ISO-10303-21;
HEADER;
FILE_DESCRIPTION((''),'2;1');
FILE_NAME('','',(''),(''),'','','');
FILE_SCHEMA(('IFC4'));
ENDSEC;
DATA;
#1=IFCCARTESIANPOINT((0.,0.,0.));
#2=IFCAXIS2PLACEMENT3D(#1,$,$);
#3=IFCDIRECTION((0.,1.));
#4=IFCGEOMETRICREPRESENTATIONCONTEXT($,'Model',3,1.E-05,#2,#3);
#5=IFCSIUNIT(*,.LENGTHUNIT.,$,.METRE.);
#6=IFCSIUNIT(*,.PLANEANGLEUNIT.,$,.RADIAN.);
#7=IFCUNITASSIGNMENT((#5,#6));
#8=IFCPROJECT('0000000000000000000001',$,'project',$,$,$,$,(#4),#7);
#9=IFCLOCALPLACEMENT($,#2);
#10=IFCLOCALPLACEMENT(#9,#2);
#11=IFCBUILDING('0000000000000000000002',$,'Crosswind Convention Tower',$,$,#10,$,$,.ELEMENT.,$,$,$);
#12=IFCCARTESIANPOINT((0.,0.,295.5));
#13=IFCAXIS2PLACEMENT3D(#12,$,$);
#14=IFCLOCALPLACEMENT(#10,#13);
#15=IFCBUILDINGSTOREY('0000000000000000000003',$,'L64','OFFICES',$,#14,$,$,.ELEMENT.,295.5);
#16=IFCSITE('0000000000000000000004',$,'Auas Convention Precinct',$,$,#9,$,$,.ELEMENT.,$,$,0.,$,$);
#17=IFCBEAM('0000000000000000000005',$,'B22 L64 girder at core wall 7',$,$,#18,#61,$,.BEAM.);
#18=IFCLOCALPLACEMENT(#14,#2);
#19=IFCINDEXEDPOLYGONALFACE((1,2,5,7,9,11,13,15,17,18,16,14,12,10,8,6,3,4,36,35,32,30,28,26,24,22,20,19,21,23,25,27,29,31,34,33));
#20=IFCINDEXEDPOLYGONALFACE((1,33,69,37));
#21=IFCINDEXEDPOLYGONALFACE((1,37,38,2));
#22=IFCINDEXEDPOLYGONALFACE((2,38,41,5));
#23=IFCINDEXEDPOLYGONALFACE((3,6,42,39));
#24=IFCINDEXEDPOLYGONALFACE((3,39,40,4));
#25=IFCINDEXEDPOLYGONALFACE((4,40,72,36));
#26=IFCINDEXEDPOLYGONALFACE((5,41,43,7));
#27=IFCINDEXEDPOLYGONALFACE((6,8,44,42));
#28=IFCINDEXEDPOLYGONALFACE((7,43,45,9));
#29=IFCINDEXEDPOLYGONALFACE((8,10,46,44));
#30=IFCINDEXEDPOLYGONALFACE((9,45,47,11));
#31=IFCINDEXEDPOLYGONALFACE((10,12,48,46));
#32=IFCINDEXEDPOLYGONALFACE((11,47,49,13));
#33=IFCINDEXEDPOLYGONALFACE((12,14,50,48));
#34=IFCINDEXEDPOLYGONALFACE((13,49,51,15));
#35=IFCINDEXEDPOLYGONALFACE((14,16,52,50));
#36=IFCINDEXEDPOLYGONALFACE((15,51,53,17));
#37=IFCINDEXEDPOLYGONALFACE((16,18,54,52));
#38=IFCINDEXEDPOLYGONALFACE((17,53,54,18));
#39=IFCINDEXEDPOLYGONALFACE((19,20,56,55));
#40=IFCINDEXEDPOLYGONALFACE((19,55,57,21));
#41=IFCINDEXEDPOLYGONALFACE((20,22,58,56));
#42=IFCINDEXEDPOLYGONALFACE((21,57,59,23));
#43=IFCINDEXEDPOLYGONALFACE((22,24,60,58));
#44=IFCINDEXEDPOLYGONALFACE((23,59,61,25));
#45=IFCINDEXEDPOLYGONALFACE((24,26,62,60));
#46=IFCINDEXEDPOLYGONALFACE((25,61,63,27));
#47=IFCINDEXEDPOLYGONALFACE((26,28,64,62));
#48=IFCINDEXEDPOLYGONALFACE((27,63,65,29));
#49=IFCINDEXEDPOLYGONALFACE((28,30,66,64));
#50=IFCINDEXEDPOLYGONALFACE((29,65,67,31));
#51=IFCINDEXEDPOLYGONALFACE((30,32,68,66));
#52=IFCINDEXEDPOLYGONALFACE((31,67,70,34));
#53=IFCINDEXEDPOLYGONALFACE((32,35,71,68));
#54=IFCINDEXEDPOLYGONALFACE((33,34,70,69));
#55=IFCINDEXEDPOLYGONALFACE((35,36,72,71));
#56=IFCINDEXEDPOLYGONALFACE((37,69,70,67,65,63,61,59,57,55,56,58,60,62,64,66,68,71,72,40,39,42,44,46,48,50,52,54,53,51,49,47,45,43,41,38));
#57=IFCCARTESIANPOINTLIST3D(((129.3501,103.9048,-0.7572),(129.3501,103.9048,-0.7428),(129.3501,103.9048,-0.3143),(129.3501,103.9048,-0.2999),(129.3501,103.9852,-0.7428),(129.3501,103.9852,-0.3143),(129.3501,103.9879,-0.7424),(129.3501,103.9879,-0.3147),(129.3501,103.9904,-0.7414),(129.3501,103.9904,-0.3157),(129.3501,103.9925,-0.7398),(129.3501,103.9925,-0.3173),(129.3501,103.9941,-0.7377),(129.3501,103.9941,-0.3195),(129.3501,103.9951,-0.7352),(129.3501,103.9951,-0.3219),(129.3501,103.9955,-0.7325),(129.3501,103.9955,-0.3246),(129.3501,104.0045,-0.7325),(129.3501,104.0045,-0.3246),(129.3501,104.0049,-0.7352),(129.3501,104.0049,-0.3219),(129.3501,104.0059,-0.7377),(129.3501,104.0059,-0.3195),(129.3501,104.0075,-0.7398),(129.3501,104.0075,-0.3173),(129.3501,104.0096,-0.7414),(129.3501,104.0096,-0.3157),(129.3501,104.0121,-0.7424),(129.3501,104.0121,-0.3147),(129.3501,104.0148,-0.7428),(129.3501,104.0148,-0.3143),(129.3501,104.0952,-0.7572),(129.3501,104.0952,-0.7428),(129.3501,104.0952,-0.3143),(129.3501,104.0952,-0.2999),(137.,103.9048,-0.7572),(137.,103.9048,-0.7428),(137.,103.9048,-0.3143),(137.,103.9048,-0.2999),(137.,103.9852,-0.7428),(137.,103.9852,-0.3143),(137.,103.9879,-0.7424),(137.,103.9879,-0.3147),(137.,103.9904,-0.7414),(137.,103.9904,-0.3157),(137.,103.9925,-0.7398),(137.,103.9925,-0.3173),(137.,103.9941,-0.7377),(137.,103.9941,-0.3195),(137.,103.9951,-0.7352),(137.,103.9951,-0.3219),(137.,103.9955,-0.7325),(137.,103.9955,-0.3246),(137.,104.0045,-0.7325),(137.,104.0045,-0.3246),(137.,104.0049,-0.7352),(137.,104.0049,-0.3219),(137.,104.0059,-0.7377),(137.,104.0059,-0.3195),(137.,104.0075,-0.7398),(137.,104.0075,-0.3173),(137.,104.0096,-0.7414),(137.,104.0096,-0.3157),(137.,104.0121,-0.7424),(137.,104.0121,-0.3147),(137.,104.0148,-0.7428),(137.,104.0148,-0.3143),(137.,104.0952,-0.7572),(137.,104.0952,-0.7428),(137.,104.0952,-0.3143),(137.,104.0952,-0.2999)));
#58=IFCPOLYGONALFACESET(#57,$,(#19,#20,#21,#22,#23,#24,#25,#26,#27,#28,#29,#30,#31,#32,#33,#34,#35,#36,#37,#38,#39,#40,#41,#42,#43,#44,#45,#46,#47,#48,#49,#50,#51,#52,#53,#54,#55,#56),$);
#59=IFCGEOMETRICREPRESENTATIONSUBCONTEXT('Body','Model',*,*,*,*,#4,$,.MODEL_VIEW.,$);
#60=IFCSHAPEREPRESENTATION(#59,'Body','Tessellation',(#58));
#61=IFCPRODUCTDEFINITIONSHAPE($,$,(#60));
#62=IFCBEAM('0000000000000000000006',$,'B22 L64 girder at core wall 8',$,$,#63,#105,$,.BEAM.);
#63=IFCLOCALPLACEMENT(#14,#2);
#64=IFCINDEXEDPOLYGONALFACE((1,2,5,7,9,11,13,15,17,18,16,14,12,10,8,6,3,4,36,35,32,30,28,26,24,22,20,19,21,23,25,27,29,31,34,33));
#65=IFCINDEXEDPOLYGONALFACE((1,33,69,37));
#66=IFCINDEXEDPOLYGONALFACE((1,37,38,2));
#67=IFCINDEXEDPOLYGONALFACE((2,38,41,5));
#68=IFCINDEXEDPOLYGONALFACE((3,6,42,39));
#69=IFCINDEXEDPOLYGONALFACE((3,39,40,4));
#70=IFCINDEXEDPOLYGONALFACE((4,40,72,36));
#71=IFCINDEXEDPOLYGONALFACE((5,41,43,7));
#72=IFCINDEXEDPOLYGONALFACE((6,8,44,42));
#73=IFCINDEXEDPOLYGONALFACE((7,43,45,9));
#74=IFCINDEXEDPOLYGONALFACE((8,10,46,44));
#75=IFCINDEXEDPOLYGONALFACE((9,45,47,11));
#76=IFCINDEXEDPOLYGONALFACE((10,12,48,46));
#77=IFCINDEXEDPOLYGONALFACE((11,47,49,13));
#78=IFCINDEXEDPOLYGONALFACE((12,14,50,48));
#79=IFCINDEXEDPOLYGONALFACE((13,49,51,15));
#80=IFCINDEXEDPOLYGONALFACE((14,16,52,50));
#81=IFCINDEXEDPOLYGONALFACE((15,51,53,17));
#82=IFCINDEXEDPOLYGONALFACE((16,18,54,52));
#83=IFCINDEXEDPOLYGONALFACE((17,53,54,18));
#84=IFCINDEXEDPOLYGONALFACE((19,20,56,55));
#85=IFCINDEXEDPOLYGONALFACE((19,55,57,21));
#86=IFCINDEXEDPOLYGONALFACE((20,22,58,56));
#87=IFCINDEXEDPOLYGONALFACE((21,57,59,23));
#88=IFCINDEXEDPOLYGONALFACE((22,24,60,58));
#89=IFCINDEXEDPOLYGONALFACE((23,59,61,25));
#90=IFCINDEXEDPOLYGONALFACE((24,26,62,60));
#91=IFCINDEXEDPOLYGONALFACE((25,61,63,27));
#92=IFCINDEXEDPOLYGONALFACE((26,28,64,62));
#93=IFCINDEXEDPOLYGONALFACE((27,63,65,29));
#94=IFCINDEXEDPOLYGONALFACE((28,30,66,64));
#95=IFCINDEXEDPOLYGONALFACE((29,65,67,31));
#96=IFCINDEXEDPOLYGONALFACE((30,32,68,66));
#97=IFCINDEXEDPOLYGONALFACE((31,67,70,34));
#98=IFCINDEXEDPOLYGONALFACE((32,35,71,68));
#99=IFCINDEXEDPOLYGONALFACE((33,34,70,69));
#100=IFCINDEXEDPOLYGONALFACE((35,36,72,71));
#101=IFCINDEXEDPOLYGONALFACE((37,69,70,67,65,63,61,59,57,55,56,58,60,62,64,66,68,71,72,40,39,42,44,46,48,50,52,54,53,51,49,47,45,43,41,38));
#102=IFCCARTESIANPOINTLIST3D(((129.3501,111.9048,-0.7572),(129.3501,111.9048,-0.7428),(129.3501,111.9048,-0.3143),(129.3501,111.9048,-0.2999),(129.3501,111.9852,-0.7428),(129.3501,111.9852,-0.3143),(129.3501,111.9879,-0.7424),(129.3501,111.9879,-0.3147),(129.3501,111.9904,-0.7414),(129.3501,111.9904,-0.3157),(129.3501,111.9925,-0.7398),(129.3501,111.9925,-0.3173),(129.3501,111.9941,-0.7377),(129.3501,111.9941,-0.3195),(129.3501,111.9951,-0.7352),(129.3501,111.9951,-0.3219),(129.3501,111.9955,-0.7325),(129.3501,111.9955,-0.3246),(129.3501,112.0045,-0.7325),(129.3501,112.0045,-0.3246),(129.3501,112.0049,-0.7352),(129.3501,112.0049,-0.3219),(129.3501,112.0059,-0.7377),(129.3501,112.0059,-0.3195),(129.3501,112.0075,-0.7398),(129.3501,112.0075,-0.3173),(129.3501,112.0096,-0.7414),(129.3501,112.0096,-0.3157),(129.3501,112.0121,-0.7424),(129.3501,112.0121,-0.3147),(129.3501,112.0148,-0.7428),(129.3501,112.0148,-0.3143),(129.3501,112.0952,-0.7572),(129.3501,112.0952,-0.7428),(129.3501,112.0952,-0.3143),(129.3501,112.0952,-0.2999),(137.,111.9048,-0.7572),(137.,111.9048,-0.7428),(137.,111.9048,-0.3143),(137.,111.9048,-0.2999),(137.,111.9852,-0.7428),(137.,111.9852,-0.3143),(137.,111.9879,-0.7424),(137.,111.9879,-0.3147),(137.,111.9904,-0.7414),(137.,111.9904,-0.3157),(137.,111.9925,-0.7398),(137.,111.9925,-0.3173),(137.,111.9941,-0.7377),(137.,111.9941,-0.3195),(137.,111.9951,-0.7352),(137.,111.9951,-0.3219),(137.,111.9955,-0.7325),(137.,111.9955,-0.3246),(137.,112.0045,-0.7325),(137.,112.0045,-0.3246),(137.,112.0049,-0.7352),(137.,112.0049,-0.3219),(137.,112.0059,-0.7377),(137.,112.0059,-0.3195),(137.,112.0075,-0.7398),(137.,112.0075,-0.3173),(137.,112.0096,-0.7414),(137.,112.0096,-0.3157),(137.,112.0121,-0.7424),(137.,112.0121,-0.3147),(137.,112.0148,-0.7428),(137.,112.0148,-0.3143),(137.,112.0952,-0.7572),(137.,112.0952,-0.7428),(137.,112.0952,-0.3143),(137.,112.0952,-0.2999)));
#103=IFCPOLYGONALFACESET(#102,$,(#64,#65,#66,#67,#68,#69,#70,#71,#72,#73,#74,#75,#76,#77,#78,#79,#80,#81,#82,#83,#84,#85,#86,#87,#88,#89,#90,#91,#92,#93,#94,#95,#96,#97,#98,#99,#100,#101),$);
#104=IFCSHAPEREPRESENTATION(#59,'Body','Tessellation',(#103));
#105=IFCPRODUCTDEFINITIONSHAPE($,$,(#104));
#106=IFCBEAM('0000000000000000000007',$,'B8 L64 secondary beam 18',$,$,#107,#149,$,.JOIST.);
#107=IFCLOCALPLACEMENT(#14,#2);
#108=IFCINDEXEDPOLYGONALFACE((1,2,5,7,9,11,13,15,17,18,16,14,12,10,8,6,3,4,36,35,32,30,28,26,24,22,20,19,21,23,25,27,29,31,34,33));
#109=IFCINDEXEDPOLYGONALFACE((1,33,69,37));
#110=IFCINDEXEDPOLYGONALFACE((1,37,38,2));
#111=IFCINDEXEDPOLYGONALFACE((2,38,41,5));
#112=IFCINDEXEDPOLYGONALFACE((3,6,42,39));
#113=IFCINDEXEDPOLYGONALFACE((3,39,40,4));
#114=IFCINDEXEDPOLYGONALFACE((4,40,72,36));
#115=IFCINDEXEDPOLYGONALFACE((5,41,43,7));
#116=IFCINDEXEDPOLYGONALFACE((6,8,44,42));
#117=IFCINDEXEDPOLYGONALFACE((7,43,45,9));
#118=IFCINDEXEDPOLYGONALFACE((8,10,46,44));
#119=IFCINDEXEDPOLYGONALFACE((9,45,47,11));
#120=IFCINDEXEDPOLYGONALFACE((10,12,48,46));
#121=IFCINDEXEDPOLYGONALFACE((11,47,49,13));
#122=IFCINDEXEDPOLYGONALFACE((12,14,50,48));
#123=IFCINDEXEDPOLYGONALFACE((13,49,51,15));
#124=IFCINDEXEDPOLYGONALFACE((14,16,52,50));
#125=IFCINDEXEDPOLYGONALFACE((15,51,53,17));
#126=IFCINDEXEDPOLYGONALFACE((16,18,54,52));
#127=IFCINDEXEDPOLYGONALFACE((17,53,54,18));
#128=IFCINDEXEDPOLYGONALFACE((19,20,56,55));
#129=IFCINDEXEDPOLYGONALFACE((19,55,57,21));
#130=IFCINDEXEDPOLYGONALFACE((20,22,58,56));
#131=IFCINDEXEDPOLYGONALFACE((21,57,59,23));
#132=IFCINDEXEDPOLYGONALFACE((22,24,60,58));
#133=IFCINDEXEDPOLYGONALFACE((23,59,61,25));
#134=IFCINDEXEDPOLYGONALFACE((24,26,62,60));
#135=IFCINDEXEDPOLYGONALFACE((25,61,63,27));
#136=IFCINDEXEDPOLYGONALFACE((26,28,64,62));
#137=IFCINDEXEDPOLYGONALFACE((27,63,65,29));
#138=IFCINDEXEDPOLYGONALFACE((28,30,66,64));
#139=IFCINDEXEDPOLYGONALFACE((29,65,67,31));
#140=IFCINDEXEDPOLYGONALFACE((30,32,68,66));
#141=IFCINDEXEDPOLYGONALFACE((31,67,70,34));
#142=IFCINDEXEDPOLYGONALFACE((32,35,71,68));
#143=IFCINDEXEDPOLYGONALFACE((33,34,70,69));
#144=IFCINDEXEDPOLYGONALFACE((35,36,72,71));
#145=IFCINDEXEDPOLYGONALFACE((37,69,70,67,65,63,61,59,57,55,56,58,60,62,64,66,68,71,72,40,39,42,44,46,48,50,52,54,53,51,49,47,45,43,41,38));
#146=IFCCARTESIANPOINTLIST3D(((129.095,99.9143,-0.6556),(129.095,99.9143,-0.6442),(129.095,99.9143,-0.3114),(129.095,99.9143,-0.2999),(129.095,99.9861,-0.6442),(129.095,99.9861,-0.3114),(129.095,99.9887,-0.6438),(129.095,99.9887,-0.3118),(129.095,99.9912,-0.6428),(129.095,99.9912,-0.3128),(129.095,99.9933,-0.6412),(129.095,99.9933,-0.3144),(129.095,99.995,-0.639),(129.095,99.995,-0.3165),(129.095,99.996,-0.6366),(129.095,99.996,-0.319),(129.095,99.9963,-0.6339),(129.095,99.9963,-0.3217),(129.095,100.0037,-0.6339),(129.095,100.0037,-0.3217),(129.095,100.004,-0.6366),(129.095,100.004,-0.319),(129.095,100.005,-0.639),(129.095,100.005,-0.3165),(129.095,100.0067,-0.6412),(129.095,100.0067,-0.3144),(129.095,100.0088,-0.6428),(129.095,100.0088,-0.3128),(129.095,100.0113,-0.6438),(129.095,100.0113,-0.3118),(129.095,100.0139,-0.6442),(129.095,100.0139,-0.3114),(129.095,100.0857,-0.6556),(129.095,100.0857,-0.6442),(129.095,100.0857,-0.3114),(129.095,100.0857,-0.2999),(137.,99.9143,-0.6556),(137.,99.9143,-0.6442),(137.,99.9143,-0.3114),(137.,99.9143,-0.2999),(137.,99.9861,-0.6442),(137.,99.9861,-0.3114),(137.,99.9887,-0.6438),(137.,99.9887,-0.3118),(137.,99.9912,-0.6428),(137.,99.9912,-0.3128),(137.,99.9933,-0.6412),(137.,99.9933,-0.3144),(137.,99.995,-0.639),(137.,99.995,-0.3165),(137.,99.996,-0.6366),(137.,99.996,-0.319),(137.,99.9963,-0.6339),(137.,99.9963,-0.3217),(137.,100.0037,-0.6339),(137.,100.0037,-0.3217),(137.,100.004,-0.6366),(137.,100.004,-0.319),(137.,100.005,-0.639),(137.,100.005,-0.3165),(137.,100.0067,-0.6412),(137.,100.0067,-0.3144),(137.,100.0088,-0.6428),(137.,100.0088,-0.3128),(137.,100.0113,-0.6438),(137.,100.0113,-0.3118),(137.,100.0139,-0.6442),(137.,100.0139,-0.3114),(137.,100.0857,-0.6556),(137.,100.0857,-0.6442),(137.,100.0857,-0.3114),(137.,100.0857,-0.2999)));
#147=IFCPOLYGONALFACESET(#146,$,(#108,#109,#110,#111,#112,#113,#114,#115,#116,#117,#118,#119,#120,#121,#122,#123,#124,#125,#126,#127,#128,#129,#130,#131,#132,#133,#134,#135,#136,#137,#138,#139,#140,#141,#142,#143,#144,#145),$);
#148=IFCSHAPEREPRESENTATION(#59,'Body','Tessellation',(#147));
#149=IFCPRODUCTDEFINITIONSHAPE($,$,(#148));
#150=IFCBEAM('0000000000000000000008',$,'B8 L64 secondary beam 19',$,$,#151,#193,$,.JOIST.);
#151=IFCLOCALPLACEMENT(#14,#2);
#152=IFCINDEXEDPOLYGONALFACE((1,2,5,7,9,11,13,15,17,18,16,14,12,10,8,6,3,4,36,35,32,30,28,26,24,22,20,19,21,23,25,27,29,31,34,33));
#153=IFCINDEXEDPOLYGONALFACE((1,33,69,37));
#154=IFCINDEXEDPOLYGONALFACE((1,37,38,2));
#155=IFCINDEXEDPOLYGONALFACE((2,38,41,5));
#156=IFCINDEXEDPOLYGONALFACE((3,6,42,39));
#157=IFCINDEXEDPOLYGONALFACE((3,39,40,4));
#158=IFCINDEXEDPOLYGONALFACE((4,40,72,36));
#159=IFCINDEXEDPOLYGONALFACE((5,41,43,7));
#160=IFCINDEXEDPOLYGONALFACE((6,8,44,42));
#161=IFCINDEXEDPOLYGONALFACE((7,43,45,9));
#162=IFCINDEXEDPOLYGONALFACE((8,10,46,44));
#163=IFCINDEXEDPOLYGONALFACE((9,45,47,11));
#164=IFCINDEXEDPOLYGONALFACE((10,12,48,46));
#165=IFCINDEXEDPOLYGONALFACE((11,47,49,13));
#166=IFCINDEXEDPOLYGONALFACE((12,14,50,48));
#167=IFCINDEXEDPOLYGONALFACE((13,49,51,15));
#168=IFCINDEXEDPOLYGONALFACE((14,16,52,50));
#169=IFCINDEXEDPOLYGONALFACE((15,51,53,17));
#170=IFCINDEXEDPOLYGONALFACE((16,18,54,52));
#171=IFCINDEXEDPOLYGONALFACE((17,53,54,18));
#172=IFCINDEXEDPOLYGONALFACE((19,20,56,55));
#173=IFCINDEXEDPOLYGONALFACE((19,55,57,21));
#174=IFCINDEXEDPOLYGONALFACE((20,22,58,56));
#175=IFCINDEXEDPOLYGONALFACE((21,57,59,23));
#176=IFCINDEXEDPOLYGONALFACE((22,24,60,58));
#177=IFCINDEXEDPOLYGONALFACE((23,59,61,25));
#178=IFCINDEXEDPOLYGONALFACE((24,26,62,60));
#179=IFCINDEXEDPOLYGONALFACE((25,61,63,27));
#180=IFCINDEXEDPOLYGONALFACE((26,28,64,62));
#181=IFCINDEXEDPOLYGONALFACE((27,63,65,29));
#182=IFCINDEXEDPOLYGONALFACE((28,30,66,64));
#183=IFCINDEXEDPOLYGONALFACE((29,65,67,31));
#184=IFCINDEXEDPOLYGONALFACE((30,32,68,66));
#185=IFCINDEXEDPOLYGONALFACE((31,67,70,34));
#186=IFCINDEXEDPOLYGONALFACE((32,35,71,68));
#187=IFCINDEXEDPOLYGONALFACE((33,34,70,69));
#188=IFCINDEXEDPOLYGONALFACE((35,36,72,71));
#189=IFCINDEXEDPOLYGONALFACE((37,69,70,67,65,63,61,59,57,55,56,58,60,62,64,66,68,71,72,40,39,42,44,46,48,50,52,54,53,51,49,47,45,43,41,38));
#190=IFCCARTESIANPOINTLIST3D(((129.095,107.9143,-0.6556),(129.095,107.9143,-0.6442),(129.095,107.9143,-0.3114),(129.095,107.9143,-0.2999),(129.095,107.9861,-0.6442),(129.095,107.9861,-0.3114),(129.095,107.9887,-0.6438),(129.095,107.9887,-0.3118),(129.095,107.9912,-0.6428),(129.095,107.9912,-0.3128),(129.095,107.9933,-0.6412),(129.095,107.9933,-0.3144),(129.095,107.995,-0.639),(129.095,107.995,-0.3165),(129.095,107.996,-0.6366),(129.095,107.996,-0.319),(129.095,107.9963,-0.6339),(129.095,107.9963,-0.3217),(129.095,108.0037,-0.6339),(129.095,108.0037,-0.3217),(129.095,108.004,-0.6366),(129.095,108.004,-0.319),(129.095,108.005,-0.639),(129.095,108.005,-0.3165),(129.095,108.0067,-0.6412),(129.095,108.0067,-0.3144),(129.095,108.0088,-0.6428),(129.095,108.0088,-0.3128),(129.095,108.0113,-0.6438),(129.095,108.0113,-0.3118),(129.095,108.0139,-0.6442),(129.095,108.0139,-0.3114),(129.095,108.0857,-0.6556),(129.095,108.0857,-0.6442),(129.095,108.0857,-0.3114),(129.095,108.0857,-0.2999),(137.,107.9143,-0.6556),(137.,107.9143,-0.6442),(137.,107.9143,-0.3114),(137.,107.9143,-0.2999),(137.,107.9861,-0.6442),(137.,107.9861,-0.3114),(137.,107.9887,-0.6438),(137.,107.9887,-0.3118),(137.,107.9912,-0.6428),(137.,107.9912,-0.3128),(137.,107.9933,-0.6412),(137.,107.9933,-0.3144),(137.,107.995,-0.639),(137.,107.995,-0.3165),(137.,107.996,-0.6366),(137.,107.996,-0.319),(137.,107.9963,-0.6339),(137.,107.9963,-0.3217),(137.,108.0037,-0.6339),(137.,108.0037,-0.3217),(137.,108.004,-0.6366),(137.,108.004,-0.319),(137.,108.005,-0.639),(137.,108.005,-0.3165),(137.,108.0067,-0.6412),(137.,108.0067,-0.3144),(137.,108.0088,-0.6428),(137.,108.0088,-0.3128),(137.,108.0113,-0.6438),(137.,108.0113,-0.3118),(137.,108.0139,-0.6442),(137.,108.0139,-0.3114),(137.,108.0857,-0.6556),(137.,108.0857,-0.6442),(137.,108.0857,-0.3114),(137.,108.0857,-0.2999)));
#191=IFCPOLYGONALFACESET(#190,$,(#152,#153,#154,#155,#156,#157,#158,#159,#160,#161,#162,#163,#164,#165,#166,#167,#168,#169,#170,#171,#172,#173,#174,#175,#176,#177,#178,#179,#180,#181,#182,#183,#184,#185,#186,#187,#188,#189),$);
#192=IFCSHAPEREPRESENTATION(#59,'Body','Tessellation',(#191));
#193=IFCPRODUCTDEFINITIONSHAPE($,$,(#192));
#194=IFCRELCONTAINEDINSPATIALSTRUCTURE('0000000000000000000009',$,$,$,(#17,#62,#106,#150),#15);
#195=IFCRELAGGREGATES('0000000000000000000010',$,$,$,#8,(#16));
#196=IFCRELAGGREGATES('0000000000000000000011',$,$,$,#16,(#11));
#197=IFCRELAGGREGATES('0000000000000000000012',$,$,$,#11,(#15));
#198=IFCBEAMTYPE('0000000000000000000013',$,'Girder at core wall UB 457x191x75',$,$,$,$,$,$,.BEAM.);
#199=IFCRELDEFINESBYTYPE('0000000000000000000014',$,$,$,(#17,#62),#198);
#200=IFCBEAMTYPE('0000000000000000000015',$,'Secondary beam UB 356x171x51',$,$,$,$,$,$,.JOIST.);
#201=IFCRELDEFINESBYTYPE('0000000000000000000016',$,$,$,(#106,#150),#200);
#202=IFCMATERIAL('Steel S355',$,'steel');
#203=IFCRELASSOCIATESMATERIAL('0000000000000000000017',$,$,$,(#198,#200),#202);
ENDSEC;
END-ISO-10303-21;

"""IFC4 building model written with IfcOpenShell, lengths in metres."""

from ifc_helpers import new_model, si_unit, direction, frame, origin, origin_2d, place, context, subcontext, project, spatial, i_section, extrude, material, material_profile, profile_set, type_object, element, save


model = new_model("IFC4")

# Units and contexts
model_context = context("Model", 3, precision=1e-05, world=origin(), true_north=direction((0.0, 1.0)))
body_context = subcontext(model_context, "Body", "Model", "MODEL_VIEW")
ifc_project = project(units=[si_unit("LENGTHUNIT", "METRE"), si_unit("PLANEANGLEUNIT", "RADIAN")], contexts=[model_context])

# Site, building, storey
site_placement = place(None, origin())
site = spatial("IfcSite", under=ifc_project, at=site_placement, Name="Auas Convention Precinct", CompositionType="ELEMENT", RefElevation=0.0)
building_placement = place(site_placement, origin())
building = spatial("IfcBuilding", under=site, at=building_placement, Name="Crosswind Convention Tower", CompositionType="ELEMENT")
storey_placement = place(building_placement, frame((0.0, 0.0, 295.5)))
storey = spatial("IfcBuildingStorey", under=building, at=storey_placement, Name="L64", Description="OFFICES", CompositionType="ELEMENT", Elevation=295.5)

# Beams
ifc_material_1 = material(Name="Steel S355", Category="steel")
ifc_material_profile_1 = material_profile(ifc_material_1, i_section(OverallWidth=0.1904, OverallDepth=0.4573, WebThickness=0.009, FlangeThickness=0.0144, FilletRadius=0.0103, at=origin_2d()), Name="UB 457x191x75")
ifc_profile_set_1 = profile_set([ifc_material_profile_1], Name="Steel S355")
beam_type_1 = type_object("IfcBeamType", Name="Girder at core wall UB 457x191x75", PredefinedType="BEAM", material=ifc_profile_set_1)
for number, where, z_axis, x_axis, name in (
    (1, (129.3501, 104.0, -0.5286), (1.0, 0.0, 0.0), (0.0, 1.0, 0.0), "B22 L64 girder at core wall 7"),
    (2, (129.3501, 112.0, -0.5286), (1.0, 0.0, 0.0), (0.0, 1.0, 0.0), "B22 L64 girder at core wall 8"),
):
    element("IfcBeam", number, at=place(storey_placement, frame(where, z_axis=z_axis, x_axis=x_axis)), inside=storey, type_object=beam_type_1, Name=name, PredefinedType="BEAM", context=body_context, shape_type="SweptSolid", body=[
        extrude(i_section(OverallWidth=0.1904, OverallDepth=0.4573, WebThickness=0.009, FlangeThickness=0.0144, FilletRadius=0.0103, at=origin_2d()), origin(), (0.0, 0.0, 1.0), 7.6499),
    ])
ifc_material_profile_2 = material_profile(ifc_material_1, i_section(OverallWidth=0.1714, OverallDepth=0.3557, WebThickness=0.0073, FlangeThickness=0.0115, FilletRadius=0.0103, at=origin_2d()), Name="UB 356x171x51")
ifc_profile_set_2 = profile_set([ifc_material_profile_2], Name="Steel S355")
beam_type_2 = type_object("IfcBeamType", Name="Secondary beam UB 356x171x51", PredefinedType="JOIST", material=ifc_profile_set_2)
for number, where, z_axis, x_axis, name in (
    (3, (129.095, 100.0, -0.4778), (1.0, 0.0, 0.0), (0.0, 1.0, 0.0), "B8 L64 secondary beam 18"),
    (4, (129.095, 108.0, -0.4778), (1.0, 0.0, 0.0), (0.0, 1.0, 0.0), "B8 L64 secondary beam 19"),
):
    element("IfcBeam", number, at=place(storey_placement, frame(where, z_axis=z_axis, x_axis=x_axis)), inside=storey, type_object=beam_type_2, Name=name, PredefinedType="JOIST", context=body_context, shape_type="SweptSolid", body=[
        extrude(i_section(OverallWidth=0.1714, OverallDepth=0.3557, WebThickness=0.0073, FlangeThickness=0.0115, FilletRadius=0.0103, at=origin_2d()), origin(), (0.0, 0.0, 1.0), 7.905),
    ])

save(model, "model.ifc")
